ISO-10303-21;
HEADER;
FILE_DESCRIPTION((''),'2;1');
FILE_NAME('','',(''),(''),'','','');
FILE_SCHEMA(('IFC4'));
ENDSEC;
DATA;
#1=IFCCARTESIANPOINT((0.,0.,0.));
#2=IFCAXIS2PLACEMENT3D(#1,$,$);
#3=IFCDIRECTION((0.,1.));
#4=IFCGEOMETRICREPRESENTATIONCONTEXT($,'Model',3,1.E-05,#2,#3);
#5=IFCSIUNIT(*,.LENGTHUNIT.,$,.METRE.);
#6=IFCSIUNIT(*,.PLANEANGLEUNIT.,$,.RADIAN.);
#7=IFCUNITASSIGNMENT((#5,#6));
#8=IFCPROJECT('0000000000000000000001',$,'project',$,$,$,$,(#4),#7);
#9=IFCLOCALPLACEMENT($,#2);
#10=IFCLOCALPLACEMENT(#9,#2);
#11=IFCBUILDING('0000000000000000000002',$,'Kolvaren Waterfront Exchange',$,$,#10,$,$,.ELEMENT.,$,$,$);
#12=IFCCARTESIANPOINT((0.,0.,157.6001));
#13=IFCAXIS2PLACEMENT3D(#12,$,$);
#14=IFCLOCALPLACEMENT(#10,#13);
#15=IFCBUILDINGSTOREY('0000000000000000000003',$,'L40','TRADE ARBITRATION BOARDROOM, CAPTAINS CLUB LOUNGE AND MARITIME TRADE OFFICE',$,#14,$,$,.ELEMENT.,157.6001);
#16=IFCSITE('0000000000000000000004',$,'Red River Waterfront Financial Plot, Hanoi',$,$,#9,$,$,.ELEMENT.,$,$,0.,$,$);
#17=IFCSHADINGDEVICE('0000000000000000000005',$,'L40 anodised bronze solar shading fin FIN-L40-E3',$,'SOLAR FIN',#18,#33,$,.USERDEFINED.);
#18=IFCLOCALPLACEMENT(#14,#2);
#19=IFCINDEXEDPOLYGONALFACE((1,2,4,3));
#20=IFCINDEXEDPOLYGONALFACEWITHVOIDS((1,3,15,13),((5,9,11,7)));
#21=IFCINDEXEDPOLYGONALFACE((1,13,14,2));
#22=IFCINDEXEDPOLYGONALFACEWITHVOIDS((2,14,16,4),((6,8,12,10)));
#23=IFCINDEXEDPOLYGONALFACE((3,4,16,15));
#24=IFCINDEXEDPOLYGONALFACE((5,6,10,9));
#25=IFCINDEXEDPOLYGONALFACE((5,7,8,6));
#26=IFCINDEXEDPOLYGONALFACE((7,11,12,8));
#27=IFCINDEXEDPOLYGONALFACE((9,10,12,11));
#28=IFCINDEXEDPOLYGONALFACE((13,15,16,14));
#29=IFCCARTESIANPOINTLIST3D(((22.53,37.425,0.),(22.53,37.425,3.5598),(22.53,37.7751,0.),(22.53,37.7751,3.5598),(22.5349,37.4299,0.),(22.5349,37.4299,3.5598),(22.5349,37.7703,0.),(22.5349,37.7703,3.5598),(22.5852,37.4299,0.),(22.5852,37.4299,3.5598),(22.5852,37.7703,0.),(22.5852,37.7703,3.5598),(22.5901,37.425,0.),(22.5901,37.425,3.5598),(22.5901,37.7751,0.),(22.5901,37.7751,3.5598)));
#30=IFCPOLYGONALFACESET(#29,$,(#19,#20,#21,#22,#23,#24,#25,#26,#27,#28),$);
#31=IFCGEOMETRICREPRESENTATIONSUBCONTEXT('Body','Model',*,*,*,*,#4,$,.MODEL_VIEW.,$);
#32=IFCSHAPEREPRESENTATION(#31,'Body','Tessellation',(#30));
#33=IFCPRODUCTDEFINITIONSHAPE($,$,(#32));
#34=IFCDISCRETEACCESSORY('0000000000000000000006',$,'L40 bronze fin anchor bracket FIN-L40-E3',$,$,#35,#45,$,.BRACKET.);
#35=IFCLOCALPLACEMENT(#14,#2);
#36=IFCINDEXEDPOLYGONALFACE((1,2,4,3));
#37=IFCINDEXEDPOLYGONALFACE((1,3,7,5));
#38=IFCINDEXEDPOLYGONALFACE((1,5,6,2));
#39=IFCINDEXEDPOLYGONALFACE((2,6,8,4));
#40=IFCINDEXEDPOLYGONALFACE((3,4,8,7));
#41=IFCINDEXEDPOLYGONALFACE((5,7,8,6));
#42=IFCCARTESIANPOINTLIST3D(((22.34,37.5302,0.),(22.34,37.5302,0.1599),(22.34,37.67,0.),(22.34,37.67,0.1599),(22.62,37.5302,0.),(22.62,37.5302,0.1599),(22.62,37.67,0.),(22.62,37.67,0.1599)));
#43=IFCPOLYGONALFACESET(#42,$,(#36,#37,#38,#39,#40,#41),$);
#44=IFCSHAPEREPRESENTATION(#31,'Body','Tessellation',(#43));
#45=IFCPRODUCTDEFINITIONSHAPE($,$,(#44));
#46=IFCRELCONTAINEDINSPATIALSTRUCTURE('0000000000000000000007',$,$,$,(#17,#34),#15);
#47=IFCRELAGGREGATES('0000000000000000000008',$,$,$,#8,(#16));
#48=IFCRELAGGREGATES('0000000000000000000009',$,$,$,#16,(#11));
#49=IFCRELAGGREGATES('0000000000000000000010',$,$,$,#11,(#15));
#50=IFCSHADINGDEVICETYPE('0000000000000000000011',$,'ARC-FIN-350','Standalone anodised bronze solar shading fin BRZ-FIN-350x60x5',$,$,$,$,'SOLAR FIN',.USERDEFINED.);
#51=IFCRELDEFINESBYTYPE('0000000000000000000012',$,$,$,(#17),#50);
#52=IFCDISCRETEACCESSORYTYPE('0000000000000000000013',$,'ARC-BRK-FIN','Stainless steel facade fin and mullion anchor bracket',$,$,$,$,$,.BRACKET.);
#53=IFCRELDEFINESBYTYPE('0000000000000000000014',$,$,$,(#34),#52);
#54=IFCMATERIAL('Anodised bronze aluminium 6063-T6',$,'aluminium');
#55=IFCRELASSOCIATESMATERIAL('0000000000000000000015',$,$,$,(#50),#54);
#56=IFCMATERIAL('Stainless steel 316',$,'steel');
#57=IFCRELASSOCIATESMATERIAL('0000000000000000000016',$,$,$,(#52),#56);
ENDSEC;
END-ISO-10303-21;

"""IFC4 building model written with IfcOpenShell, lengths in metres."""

from ifc_helpers import new_model, si_unit, direction, frame, origin, origin_with_axes, origin_2d, place, context, subcontext, project, spatial, rectangle, hollow_rectangle, extrude, source, transform, mapped, material, material_profile, profile_set, type_object, element, save


model = new_model("IFC4")

# Units and contexts
model_context = context("Model", 3, precision=1e-05, world=origin(), true_north=direction((0.0, 1.0)))
body_context = subcontext(model_context, "Body", "Model", "MODEL_VIEW")
ifc_project = project(units=[si_unit("LENGTHUNIT", "METRE"), si_unit("PLANEANGLEUNIT", "RADIAN")], contexts=[model_context])

# Site, building, storey
site_placement = place(None, origin())
site = spatial("IfcSite", under=ifc_project, at=site_placement, Name="Red River Waterfront Financial Plot, Hanoi", CompositionType="ELEMENT", RefElevation=0.0)
building_placement = place(site_placement, origin())
building = spatial("IfcBuilding", under=site, at=building_placement, Name="Kolvaren Waterfront Exchange", CompositionType="ELEMENT")
storey_placement = place(building_placement, frame((0.0, 0.0, 157.6001)))
storey = spatial("IfcBuildingStorey", under=building, at=storey_placement, Name="L40", Description="TRADE ARBITRATION BOARDROOM, CAPTAINS CLUB LOUNGE AND MARITIME TRADE OFFICE", CompositionType="ELEMENT", Elevation=157.6001)

# Shared definitions
ifc_material_1 = material(Name="Anodised bronze aluminium 6063-T6", Category="aluminium")

# Shading device
ifc_material_profile_1 = material_profile(ifc_material_1, hollow_rectangle(XDim=0.0601, YDim=0.3501, WallThickness=0.0049, at=origin_2d()), Name="BRZ-FIN-350x60x5")
ifc_profile_set_1 = profile_set([ifc_material_profile_1], Name="Anodised bronze aluminium 6063-T6")
shading_device_type = type_object("IfcShadingDeviceType", Name="ARC-FIN-350", Description="Standalone anodised bronze solar shading fin BRZ-FIN-350x60x5", ElementType="SOLAR FIN", PredefinedType="USERDEFINED", material=ifc_profile_set_1)
shading_device_placement = place(storey_placement, frame((22.5601, 37.6001, 0.0), z_axis=(0.0, 0.0, 1.0), x_axis=(1.0, 0.0, 0.0)))
element("IfcShadingDevice", 1, at=shading_device_placement, inside=storey, type_object=shading_device_type, Name="L40 anodised bronze solar shading fin FIN-L40-E3", ObjectType="SOLAR FIN", PredefinedType="USERDEFINED", context=body_context, shape_type="SweptSolid", body=[
    extrude(hollow_rectangle(XDim=0.0601, YDim=0.3501, WallThickness=0.0049, at=origin_2d()), origin(), (0.0, 0.0, 1.0), 3.5598),
])

# Discrete accessory
ifc_material_2 = material(Name="Stainless steel 316", Category="steel")
discrete_accessory_type = type_object("IfcDiscreteAccessoryType", Name="ARC-BRK-FIN", Description="Stainless steel facade fin and mullion anchor bracket", PredefinedType="BRACKET", material=ifc_material_2)
shared_shape_1 = source(origin_with_axes(), body_context, "Body", "SweptSolid", [
    extrude(rectangle(XDim=0.28, YDim=0.1399, at=origin_2d()), origin(), (0.0, 0.0, 1.0), 0.1599),
])
discrete_accessory_placement = place(storey_placement, frame((22.48, 37.6001, 0.0), z_axis=(0.0, 0.0, 1.0), x_axis=(1.0, 0.0, 0.0)))
element("IfcDiscreteAccessory", 2, at=discrete_accessory_placement, inside=storey, type_object=discrete_accessory_type, Name="L40 bronze fin anchor bracket FIN-L40-E3", PredefinedType="BRACKET", context=body_context, shape_type="MappedRepresentation", body=[
    mapped(shared_shape_1, transform((0.0, 0.0, 0.0), x_axis=(1.0, 0.0, 0.0), y_axis=(0.0, 1.0, 0.0), z_axis=(0.0, 0.0, 1.0), scale=1.0)),
])

save(model, "model.ifc")
